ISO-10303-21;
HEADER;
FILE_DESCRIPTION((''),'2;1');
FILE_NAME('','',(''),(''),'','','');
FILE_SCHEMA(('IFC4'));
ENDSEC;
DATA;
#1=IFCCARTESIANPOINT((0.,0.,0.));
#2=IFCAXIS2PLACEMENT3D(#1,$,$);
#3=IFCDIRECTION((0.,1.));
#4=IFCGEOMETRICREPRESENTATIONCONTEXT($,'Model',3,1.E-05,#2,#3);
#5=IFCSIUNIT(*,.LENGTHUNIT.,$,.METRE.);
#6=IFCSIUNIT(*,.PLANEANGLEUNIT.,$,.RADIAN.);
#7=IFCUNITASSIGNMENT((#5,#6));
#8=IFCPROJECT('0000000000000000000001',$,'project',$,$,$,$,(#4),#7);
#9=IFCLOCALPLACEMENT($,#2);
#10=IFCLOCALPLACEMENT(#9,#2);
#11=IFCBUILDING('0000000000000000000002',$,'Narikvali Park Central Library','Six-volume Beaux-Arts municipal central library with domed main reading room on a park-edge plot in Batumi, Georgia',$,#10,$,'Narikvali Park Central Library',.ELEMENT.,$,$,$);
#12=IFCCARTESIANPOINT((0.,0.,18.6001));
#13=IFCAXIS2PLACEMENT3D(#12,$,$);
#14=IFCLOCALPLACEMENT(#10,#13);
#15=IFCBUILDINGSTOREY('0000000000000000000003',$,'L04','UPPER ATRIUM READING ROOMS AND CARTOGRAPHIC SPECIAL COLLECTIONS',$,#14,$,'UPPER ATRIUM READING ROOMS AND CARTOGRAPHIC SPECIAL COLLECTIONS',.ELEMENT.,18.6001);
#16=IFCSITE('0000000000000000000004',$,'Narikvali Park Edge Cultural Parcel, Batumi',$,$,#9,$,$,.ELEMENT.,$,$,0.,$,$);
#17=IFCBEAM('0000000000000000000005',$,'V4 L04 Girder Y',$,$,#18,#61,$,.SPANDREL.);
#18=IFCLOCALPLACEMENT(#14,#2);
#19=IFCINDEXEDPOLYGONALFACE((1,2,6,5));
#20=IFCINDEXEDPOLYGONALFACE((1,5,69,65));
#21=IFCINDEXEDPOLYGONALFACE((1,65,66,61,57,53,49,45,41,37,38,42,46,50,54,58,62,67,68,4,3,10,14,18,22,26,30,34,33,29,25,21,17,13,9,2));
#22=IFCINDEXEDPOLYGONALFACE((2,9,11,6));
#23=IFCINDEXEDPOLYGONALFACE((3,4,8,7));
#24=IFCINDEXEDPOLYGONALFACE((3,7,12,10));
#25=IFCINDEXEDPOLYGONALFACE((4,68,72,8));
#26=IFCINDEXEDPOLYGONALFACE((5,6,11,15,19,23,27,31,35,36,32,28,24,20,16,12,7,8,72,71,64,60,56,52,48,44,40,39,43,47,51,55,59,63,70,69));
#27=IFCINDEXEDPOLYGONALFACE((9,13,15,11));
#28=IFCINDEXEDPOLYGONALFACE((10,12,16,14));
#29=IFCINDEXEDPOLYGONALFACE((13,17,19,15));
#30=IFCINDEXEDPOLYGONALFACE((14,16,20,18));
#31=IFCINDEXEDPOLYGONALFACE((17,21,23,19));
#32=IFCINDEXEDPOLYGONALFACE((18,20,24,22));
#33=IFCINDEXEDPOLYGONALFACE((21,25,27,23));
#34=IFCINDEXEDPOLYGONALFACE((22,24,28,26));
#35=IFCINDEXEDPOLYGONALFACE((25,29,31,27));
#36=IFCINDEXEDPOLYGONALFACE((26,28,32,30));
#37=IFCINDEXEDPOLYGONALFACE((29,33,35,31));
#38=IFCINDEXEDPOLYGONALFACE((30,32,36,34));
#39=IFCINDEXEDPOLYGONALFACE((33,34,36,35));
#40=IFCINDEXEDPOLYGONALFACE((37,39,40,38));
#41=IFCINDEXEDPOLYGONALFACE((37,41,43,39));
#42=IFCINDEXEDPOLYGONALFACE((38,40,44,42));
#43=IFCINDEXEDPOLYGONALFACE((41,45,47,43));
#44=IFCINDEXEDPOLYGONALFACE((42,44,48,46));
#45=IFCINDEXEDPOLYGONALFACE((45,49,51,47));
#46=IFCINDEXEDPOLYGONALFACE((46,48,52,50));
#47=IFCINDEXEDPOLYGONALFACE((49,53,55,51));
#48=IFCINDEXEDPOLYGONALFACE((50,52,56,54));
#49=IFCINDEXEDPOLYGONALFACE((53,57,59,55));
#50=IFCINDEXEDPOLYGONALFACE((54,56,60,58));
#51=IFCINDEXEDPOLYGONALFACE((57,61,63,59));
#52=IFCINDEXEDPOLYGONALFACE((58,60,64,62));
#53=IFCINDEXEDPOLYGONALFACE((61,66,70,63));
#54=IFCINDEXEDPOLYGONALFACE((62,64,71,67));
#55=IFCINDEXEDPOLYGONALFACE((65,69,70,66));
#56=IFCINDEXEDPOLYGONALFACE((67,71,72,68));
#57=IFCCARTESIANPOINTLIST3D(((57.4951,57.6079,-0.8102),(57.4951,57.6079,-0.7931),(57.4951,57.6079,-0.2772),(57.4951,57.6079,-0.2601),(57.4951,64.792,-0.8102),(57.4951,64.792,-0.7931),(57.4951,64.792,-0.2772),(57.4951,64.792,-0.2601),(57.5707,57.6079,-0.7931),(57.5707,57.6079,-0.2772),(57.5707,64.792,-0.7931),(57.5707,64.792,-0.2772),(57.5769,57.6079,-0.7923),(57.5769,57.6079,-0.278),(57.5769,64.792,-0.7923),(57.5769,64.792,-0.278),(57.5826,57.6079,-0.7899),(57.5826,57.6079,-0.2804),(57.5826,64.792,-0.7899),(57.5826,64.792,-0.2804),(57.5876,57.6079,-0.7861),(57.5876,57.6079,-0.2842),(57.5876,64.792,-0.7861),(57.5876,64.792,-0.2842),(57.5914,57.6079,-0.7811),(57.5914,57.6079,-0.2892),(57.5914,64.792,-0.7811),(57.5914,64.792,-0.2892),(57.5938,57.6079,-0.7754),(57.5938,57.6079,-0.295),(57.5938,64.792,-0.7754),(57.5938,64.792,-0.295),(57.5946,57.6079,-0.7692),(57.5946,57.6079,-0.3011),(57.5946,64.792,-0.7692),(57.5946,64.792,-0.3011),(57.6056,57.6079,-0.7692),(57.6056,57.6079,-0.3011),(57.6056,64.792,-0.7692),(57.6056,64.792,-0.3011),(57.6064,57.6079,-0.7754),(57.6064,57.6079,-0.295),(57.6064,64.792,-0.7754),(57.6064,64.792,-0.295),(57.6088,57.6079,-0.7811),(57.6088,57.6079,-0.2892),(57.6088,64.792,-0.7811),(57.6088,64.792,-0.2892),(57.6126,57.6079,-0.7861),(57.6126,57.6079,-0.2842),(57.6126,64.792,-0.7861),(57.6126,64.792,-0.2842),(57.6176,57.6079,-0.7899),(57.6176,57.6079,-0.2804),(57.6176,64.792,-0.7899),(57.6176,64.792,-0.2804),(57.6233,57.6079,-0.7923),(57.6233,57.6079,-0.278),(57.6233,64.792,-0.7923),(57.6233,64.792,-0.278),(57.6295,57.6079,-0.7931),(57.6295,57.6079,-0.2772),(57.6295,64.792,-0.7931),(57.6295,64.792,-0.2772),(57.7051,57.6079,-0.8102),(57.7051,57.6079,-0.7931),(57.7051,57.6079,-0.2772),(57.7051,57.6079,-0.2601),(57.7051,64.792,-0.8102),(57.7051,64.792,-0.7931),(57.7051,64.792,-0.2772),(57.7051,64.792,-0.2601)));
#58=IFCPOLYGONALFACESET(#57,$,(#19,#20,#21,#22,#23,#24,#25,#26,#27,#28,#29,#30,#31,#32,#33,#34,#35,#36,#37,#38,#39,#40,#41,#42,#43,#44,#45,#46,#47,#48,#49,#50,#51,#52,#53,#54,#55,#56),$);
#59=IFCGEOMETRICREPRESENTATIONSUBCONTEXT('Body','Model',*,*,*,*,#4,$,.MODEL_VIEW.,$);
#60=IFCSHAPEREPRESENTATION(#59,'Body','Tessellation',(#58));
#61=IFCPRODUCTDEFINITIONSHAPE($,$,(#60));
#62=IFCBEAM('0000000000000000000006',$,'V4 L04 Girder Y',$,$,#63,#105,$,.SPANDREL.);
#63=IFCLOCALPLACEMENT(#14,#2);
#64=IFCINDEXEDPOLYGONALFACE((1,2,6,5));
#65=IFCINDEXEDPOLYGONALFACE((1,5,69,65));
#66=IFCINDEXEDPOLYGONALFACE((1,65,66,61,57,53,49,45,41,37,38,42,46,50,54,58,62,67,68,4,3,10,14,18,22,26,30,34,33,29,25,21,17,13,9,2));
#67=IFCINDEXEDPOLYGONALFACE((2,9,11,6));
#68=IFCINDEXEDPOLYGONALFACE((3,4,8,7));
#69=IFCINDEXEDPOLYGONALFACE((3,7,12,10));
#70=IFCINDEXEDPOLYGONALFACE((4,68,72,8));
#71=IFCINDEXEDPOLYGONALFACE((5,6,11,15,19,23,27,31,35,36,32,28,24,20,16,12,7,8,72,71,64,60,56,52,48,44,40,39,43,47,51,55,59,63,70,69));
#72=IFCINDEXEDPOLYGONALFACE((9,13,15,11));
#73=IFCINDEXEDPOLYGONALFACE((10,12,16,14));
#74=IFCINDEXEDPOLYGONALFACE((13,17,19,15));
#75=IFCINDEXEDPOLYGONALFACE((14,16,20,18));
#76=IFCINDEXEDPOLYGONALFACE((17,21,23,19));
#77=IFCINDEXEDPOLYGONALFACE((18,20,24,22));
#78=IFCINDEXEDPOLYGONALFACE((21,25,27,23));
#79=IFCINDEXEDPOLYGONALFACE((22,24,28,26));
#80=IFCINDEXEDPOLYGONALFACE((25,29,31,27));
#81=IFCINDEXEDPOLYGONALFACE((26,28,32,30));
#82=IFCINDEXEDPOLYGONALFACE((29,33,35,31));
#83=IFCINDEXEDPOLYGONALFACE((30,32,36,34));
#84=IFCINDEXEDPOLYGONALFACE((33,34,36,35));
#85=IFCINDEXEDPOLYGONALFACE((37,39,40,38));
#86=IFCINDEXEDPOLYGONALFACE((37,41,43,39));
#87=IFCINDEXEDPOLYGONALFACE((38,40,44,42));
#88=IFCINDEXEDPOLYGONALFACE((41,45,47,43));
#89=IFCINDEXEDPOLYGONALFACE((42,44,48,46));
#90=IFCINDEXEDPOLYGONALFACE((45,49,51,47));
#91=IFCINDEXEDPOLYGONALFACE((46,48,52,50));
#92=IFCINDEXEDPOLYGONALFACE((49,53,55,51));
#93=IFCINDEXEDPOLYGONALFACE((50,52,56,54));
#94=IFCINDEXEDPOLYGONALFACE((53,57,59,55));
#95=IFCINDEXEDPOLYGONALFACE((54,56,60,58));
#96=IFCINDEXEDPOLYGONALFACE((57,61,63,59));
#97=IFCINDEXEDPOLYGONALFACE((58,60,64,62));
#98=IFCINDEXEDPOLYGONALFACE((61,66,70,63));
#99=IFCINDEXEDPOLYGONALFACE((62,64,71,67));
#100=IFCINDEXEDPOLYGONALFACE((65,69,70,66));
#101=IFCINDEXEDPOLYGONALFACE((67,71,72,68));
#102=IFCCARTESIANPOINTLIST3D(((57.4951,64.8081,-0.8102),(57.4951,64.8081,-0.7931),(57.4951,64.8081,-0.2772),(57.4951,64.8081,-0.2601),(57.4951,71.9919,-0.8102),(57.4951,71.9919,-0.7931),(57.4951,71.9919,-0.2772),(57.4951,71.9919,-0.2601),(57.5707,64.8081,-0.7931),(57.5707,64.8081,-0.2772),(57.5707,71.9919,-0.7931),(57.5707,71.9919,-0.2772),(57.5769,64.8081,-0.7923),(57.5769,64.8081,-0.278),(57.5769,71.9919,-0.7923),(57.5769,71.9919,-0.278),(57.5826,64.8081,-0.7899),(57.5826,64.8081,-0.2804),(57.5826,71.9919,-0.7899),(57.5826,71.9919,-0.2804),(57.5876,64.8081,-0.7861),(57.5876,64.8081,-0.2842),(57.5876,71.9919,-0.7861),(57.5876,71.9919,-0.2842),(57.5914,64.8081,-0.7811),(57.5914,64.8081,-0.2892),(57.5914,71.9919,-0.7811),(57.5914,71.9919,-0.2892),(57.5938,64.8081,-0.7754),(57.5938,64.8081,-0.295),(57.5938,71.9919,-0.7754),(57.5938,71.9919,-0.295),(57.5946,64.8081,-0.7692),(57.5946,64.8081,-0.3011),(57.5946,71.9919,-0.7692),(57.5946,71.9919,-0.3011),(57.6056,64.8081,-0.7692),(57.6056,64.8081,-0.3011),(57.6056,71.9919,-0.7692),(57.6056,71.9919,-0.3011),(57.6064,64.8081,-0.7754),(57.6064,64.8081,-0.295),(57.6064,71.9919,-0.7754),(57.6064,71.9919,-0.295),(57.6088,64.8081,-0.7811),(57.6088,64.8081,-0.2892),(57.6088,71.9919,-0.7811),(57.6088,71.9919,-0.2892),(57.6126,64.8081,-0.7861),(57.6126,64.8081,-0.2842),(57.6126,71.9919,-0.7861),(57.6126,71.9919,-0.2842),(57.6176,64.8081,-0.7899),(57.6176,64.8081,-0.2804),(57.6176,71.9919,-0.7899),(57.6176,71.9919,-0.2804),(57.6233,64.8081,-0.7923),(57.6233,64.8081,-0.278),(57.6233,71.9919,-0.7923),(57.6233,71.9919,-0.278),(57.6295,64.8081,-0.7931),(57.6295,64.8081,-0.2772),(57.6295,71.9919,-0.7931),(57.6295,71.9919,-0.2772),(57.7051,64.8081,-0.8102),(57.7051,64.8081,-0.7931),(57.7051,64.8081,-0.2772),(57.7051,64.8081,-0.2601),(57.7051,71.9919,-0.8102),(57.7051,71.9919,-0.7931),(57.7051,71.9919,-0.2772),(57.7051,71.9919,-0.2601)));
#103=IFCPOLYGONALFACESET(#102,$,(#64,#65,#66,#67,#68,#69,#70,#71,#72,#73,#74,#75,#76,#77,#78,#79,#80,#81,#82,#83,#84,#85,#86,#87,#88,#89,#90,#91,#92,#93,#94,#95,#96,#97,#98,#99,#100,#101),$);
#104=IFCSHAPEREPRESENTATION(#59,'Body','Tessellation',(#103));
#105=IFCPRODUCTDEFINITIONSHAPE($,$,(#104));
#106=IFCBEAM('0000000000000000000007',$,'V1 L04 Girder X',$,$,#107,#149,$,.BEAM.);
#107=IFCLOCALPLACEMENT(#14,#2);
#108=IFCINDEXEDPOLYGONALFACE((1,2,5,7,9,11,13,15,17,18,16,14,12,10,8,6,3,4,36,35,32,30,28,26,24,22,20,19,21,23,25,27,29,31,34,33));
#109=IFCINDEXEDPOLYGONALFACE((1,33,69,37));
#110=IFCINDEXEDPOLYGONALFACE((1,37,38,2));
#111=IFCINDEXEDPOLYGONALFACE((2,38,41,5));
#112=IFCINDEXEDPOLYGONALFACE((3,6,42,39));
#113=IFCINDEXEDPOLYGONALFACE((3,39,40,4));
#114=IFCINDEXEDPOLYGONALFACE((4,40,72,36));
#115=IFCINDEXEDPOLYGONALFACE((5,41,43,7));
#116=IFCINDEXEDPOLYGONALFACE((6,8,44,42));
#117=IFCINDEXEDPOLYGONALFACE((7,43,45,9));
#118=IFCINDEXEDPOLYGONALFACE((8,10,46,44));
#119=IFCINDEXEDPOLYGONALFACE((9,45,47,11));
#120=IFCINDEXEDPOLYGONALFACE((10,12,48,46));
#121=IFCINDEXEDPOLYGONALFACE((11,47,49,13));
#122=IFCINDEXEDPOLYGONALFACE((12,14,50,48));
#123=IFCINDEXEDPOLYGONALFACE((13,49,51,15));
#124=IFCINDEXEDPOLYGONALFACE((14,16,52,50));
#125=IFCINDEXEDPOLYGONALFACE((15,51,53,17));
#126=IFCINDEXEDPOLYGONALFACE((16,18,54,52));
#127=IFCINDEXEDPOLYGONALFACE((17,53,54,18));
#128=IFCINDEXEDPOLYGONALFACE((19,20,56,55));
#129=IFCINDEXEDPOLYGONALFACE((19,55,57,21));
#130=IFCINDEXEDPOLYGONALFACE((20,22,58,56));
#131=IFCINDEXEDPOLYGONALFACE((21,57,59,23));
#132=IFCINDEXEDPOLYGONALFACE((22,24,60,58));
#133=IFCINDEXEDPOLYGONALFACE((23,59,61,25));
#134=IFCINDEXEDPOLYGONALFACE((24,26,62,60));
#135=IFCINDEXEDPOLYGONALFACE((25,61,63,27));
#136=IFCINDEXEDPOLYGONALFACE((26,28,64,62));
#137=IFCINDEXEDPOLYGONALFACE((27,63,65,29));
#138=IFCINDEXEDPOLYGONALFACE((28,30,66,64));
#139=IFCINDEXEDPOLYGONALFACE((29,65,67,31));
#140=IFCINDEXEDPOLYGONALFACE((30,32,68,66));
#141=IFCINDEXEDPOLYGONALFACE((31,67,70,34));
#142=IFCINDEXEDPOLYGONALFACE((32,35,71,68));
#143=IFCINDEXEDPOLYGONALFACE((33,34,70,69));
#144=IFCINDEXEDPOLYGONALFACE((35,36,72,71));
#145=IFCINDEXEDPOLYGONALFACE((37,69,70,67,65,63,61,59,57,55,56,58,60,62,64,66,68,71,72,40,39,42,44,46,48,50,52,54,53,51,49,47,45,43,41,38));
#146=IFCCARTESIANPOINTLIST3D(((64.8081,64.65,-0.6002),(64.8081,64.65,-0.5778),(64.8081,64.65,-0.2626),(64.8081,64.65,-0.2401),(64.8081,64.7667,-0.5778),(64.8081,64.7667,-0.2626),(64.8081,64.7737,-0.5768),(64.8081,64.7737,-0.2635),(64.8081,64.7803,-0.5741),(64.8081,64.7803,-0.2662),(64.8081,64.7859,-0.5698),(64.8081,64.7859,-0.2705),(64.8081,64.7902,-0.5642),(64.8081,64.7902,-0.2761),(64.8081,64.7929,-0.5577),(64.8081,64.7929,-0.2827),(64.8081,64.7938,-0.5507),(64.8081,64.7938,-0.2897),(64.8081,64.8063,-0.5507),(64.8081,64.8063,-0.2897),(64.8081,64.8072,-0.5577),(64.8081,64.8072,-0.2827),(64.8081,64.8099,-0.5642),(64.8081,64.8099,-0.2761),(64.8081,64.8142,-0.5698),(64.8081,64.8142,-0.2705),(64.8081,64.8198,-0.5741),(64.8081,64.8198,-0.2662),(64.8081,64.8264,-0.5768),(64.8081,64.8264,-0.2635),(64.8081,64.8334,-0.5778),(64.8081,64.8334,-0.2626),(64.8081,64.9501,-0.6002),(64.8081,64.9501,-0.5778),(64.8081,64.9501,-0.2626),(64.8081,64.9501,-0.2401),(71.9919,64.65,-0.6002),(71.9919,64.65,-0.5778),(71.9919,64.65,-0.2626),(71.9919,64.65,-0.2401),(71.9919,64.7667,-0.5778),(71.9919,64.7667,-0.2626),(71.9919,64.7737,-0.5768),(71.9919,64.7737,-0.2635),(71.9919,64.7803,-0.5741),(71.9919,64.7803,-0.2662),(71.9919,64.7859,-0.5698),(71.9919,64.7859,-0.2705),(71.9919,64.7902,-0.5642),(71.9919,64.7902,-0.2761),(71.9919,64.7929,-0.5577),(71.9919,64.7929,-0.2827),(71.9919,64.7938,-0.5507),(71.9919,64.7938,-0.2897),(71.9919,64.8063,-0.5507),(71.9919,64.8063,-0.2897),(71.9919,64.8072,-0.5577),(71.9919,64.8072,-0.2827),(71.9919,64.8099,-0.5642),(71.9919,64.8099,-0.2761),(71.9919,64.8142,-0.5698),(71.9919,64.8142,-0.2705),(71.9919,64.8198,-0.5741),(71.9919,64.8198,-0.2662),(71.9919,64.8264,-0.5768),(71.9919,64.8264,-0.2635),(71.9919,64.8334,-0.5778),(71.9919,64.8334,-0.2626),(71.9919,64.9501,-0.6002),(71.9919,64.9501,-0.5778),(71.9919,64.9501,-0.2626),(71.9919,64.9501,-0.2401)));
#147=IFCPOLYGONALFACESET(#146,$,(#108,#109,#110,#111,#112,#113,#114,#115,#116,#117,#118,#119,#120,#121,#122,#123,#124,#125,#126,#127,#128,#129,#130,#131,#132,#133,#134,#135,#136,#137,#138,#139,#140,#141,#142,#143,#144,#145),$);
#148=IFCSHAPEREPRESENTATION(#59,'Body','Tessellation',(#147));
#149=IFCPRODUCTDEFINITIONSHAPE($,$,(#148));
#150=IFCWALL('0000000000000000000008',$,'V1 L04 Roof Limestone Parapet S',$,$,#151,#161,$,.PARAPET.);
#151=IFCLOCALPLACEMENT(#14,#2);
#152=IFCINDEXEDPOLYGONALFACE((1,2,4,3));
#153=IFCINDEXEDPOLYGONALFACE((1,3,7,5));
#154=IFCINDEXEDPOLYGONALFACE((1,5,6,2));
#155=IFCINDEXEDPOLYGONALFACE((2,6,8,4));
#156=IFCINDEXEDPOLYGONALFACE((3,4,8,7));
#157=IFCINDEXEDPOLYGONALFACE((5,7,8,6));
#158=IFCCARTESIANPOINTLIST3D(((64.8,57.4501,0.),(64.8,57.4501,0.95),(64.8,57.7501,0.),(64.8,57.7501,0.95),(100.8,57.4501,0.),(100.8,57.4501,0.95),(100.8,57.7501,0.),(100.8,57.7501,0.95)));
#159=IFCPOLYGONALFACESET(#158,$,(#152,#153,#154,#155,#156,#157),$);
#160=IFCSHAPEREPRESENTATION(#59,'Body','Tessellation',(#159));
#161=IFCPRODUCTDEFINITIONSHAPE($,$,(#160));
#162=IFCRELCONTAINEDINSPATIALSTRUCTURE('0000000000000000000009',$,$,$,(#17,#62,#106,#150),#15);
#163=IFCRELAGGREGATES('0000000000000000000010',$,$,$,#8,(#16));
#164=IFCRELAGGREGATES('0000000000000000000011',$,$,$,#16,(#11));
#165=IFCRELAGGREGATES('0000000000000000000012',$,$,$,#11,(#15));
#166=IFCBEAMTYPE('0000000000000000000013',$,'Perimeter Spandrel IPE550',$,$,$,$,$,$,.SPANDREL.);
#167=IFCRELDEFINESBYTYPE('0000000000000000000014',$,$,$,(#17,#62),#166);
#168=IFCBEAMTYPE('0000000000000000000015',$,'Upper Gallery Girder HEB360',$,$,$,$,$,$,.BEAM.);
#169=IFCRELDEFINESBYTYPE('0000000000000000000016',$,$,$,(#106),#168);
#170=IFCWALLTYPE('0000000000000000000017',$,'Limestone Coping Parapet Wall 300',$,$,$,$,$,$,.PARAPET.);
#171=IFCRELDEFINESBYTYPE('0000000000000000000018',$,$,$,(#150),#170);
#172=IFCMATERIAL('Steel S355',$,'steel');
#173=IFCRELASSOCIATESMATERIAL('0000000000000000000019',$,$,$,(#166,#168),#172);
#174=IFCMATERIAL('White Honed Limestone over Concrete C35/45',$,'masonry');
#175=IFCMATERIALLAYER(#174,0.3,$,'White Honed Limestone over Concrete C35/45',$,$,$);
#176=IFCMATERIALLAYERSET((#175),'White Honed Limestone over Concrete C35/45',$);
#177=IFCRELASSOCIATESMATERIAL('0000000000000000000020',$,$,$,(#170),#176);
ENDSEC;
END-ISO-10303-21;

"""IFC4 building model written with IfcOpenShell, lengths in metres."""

from ifc_helpers import new_model, si_unit, direction, frame, frame_2d, origin, origin_2d, place, context, subcontext, project, spatial, rectangle, i_section, extrude, material, layer, layer_set, material_profile, profile_set, type_object, element, save


model = new_model("IFC4")

# Units and contexts
model_context = context("Model", 3, precision=1e-05, world=origin(), true_north=direction((0.0, 1.0)))
body_context = subcontext(model_context, "Body", "Model", "MODEL_VIEW")
ifc_project = project(units=[si_unit("LENGTHUNIT", "METRE"), si_unit("PLANEANGLEUNIT", "RADIAN")], contexts=[model_context])

# Site, building, storey
site_placement = place(None, origin())
site = spatial("IfcSite", under=ifc_project, at=site_placement, Name="Narikvali Park Edge Cultural Parcel, Batumi", CompositionType="ELEMENT", RefElevation=0.0)
building_placement = place(site_placement, origin())
building = spatial("IfcBuilding", under=site, at=building_placement, Name="Narikvali Park Central Library", Description="Six-volume Beaux-Arts municipal central library with domed main reading room on a park-edge plot in Batumi, Georgia", LongName="Narikvali Park Central Library", CompositionType="ELEMENT")
storey_placement = place(building_placement, frame((0.0, 0.0, 18.6001)))
storey = spatial("IfcBuildingStorey", under=building, at=storey_placement, Name="L04", Description="UPPER ATRIUM READING ROOMS AND CARTOGRAPHIC SPECIAL COLLECTIONS", LongName="UPPER ATRIUM READING ROOMS AND CARTOGRAPHIC SPECIAL COLLECTIONS", CompositionType="ELEMENT", Elevation=18.6001)

# Shared definitions
ifc_material_1 = material(Name="Steel S355", Category="steel")

# Beams
ifc_material_profile_1 = material_profile(ifc_material_1, i_section(OverallWidth=0.21, OverallDepth=0.55, WebThickness=0.011, FlangeThickness=0.0171, FilletRadius=0.0239, at=origin_2d()), Name="IPE 550")
ifc_profile_set_1 = profile_set([ifc_material_profile_1], Name="Steel S355")
beam_type_1 = type_object("IfcBeamType", Name="Perimeter Spandrel IPE550", PredefinedType="SPANDREL", material=ifc_profile_set_1)
beam_1_placement = place(storey_placement, frame((57.6001, 57.6079, -0.5352), z_axis=(0.0, 1.0, 0.0), x_axis=(-1.0, 0.0, 0.0)))
element("IfcBeam", 1, at=beam_1_placement, inside=storey, type_object=beam_type_1, Name="V4 L04 Girder Y", PredefinedType="SPANDREL", context=body_context, shape_type="SweptSolid", body=[
    extrude(i_section(OverallWidth=0.21, OverallDepth=0.55, WebThickness=0.011, FlangeThickness=0.0171, FilletRadius=0.0239, at=origin_2d()), origin(), (0.0, 0.0, 1.0), 7.1841),
])
beam_2_placement = place(storey_placement, frame((57.6001, 64.8081, -0.5352), z_axis=(0.0, 1.0, 0.0), x_axis=(-1.0, 0.0, 0.0)))
element("IfcBeam", 2, at=beam_2_placement, inside=storey, type_object=beam_type_1, Name="V4 L04 Girder Y", PredefinedType="SPANDREL", context=body_context, shape_type="SweptSolid", body=[
    extrude(i_section(OverallWidth=0.21, OverallDepth=0.55, WebThickness=0.011, FlangeThickness=0.0171, FilletRadius=0.0239, at=origin_2d()), origin(), (0.0, 0.0, 1.0), 7.1838),
])
ifc_material_profile_2 = material_profile(ifc_material_1, i_section(OverallWidth=0.3, OverallDepth=0.3601, WebThickness=0.0125, FlangeThickness=0.0225, FilletRadius=0.0271, at=origin_2d()), Name="HEB 360")
ifc_profile_set_2 = profile_set([ifc_material_profile_2], Name="Steel S355")
beam_type_2 = type_object("IfcBeamType", Name="Upper Gallery Girder HEB360", PredefinedType="BEAM", material=ifc_profile_set_2)
beam_3_placement = place(storey_placement, frame((64.8081, 64.8, -0.4202), z_axis=(1.0, 0.0, 0.0), x_axis=(0.0, 1.0, 0.0)))
element("IfcBeam", 3, at=beam_3_placement, inside=storey, type_object=beam_type_2, Name="V1 L04 Girder X", PredefinedType="BEAM", context=body_context, shape_type="SweptSolid", body=[
    extrude(i_section(OverallWidth=0.3, OverallDepth=0.3601, WebThickness=0.0125, FlangeThickness=0.0225, FilletRadius=0.0271, at=origin_2d()), origin(), (0.0, 0.0, 1.0), 7.1838),
])

# Wall
ifc_material_2 = material(Name="White Honed Limestone over Concrete C35/45", Category="masonry")
ifc_layer_1 = layer(ifc_material_2, 0.3, Name="White Honed Limestone over Concrete C35/45")
ifc_layer_set_1 = layer_set([ifc_layer_1], Name="White Honed Limestone over Concrete C35/45")
wall_type_1 = type_object("IfcWallType", Name="Limestone Coping Parapet Wall 300", PredefinedType="PARAPET", material=ifc_layer_set_1)
wall_1_placement = place(storey_placement, frame((64.8, 57.6001, 0.0), z_axis=(0.0, 0.0, 1.0), x_axis=(1.0, 0.0, 0.0)))
element("IfcWall", 4, at=wall_1_placement, inside=storey, type_object=wall_type_1, Name="V1 L04 Roof Limestone Parapet S", PredefinedType="PARAPET", context=body_context, shape_type="SweptSolid", body=[
    extrude(rectangle(XDim=36.0, YDim=0.3, at=frame_2d((18.0, 0.0))), origin(), (0.0, 0.0, 1.0), 0.95),
])

save(model, "model.ifc")
